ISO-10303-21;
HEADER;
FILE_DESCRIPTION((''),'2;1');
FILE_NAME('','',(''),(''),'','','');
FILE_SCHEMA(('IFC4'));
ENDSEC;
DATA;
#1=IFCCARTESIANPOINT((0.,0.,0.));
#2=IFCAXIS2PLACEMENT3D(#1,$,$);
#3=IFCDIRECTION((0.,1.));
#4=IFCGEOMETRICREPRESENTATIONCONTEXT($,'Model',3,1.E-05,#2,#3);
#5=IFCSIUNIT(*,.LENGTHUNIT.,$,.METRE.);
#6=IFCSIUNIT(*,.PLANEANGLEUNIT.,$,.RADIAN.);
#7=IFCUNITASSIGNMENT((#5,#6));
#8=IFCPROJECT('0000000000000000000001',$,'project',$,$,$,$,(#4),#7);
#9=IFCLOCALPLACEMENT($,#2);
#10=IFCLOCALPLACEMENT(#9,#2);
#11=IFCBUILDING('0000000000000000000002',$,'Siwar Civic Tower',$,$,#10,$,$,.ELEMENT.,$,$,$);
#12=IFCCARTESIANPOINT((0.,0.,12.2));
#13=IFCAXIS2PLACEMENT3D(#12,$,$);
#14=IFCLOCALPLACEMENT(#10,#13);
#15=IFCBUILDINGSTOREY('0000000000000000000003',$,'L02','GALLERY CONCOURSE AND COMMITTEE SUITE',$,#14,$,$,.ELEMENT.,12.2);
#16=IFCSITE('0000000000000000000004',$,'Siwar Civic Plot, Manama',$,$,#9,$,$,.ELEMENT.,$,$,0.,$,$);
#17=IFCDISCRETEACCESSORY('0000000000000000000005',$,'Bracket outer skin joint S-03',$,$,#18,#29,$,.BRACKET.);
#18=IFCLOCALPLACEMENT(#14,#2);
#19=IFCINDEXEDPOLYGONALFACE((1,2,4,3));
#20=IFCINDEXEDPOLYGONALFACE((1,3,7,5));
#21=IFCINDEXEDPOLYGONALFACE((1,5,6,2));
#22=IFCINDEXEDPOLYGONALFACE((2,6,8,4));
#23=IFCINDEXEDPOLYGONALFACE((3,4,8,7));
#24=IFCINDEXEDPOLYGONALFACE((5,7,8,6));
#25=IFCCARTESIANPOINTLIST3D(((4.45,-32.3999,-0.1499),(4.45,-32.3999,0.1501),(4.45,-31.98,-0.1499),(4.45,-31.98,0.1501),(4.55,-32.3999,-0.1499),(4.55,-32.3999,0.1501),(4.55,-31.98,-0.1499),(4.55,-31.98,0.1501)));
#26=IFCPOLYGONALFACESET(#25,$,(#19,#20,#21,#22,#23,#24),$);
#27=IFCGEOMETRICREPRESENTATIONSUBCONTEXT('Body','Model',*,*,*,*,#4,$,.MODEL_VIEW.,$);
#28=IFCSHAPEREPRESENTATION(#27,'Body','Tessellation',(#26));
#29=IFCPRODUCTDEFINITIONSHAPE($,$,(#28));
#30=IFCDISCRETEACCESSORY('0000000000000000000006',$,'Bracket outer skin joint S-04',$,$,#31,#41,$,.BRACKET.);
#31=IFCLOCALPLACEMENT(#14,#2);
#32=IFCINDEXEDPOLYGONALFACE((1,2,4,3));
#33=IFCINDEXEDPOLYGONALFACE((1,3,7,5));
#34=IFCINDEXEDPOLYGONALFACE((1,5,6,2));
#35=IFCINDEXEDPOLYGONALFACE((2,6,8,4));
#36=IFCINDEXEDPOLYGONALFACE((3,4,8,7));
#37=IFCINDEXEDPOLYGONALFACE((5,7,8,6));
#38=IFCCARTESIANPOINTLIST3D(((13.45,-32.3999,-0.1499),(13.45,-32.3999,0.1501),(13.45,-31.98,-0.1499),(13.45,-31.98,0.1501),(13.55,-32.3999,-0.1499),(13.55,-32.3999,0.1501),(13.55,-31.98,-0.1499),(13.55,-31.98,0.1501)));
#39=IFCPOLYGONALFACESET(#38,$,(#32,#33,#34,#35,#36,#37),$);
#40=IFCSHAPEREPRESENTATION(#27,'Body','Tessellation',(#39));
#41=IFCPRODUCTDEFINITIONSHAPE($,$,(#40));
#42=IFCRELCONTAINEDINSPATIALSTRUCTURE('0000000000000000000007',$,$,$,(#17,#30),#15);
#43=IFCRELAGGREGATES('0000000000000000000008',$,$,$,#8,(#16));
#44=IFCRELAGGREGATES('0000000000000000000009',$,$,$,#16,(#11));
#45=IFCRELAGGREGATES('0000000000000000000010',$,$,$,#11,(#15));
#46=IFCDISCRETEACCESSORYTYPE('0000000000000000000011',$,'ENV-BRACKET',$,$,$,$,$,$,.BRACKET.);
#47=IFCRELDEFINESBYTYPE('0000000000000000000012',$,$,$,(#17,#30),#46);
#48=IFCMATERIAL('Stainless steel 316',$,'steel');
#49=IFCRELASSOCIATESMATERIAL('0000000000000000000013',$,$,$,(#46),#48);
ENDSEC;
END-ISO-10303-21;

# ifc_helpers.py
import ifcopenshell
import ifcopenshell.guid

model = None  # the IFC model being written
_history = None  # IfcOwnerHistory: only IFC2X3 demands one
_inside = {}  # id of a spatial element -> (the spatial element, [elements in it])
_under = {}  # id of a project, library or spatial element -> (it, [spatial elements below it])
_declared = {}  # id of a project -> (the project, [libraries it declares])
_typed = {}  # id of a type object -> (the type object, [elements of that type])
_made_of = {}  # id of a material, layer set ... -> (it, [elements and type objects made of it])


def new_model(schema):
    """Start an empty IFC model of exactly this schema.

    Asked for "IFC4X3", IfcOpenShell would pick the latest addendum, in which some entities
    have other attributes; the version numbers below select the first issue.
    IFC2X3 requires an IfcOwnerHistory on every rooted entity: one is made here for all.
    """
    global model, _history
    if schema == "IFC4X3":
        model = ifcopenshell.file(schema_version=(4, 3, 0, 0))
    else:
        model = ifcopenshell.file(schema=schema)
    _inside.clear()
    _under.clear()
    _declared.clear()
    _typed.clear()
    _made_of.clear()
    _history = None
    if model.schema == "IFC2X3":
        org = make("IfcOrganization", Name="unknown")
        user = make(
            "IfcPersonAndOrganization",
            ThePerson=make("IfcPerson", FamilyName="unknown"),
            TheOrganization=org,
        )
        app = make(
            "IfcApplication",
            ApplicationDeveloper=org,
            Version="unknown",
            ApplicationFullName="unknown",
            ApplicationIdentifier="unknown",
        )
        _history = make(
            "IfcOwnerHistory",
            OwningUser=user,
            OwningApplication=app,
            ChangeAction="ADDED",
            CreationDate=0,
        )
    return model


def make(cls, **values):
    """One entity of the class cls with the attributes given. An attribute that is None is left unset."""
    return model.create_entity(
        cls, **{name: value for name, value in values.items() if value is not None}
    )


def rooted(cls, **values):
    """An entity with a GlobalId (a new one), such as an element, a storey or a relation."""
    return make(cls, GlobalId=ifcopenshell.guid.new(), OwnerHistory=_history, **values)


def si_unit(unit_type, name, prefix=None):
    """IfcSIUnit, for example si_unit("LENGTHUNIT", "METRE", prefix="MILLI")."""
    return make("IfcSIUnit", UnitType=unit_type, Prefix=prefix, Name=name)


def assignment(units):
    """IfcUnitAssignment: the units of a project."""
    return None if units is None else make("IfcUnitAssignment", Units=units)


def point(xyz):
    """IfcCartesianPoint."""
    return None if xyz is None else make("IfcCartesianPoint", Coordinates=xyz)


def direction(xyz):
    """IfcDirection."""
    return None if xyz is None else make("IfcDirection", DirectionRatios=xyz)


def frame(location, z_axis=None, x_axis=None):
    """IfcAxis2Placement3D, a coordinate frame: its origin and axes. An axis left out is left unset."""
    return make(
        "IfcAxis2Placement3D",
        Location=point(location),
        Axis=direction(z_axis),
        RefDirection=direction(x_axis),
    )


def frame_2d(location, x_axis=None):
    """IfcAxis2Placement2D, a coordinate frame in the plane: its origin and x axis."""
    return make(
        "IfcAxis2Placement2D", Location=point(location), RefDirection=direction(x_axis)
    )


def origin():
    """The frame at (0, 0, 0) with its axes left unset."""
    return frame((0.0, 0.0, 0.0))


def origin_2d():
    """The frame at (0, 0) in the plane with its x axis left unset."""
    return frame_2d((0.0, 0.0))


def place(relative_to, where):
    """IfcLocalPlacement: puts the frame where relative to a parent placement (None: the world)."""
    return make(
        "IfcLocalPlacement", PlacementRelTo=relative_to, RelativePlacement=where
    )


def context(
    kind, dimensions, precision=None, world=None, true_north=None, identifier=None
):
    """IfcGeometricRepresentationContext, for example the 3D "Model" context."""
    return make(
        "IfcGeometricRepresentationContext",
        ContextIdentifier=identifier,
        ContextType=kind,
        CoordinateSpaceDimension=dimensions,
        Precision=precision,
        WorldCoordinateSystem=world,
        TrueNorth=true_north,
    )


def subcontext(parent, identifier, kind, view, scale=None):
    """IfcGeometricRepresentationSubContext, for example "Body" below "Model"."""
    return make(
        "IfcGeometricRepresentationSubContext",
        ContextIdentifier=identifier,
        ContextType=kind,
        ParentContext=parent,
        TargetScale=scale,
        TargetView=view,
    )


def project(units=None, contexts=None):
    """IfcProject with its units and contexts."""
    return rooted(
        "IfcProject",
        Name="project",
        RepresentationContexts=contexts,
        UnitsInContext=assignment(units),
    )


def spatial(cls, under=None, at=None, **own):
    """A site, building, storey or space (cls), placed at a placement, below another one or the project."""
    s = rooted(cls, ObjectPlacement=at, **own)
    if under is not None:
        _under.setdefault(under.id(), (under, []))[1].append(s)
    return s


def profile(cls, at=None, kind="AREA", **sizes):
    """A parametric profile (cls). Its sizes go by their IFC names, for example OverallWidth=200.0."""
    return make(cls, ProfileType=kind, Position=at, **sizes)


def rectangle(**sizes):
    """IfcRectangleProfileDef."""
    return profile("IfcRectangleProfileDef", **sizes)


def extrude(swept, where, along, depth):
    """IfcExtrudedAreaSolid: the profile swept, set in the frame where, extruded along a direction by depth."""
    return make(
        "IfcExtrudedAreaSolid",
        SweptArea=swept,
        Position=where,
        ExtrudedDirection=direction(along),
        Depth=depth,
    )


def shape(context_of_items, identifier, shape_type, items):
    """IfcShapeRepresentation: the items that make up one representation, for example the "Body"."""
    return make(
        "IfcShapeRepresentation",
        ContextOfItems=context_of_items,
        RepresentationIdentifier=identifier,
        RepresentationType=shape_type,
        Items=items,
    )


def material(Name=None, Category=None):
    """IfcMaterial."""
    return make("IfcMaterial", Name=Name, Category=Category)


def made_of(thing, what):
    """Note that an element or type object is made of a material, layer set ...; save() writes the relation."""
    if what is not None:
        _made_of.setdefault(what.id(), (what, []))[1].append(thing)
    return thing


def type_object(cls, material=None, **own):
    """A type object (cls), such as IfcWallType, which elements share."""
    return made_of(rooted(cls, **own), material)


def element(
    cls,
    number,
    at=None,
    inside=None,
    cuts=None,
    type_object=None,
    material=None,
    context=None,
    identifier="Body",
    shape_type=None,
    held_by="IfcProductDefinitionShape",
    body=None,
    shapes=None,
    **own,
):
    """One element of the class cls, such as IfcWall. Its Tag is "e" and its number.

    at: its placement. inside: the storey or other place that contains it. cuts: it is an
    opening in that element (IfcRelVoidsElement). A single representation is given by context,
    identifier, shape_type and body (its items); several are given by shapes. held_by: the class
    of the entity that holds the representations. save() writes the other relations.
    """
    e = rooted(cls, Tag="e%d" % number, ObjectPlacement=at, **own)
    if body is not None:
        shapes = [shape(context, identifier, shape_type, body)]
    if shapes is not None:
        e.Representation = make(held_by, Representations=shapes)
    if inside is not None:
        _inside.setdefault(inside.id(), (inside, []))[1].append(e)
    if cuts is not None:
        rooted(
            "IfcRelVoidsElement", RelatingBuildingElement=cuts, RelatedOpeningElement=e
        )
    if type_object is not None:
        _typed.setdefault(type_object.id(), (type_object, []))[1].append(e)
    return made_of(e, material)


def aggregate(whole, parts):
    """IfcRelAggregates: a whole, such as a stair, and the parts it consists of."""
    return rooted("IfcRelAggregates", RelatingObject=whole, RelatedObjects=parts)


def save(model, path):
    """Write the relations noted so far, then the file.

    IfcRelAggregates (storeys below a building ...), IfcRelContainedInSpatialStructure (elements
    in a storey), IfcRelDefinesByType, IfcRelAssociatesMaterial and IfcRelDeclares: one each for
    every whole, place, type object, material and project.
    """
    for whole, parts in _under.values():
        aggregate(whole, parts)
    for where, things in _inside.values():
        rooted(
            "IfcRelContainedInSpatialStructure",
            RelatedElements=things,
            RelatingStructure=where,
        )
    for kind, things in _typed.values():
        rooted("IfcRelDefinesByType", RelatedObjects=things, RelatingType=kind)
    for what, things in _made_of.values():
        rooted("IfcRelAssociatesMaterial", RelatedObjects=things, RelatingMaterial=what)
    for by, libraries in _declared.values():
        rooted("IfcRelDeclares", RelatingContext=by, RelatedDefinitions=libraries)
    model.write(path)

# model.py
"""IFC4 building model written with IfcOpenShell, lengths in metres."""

from ifc_helpers import new_model, si_unit, direction, frame, origin, origin_2d, place, context, subcontext, project, spatial, rectangle, extrude, material, type_object, element, save


model = new_model("IFC4")

# Units and contexts
model_context = context("Model", 3, precision=1e-05, world=origin(), true_north=direction((0.0, 1.0)))
body_context = subcontext(model_context, "Body", "Model", "MODEL_VIEW")
ifc_project = project(units=[si_unit("LENGTHUNIT", "METRE"), si_unit("PLANEANGLEUNIT", "RADIAN")], contexts=[model_context])

# Site, building, storey
site_placement = place(None, origin())
site = spatial("IfcSite", under=ifc_project, at=site_placement, Name="Siwar Civic Plot, Manama", CompositionType="ELEMENT", RefElevation=0.0)
building_placement = place(site_placement, origin())
building = spatial("IfcBuilding", under=site, at=building_placement, Name="Siwar Civic Tower", CompositionType="ELEMENT")
storey_placement = place(building_placement, frame((0.0, 0.0, 12.2)))
storey = spatial("IfcBuildingStorey", under=building, at=storey_placement, Name="L02", Description="GALLERY CONCOURSE AND COMMITTEE SUITE", CompositionType="ELEMENT", Elevation=12.2)

# Discrete accessories
ifc_material_1 = material(Name="Stainless steel 316", Category="steel")
discrete_accessory_type = type_object("IfcDiscreteAccessoryType", Name="ENV-BRACKET", PredefinedType="BRACKET", material=ifc_material_1)
for number, where, z_axis, x_axis, name in (
    (1, (4.5, -32.1899, -0.1499), (0.0, 0.0, 1.0), (0.0, -1.0, 0.0), "Bracket outer skin joint S-03"),
    (2, (13.5, -32.1899, -0.1499), (0.0, 0.0, 1.0), (0.0, -1.0, 0.0), "Bracket outer skin joint S-04"),
):
    element("IfcDiscreteAccessory", number, at=place(storey_placement, frame(where, z_axis=z_axis, x_axis=x_axis)), inside=storey, type_object=discrete_accessory_type, Name=name, PredefinedType="BRACKET", context=body_context, shape_type="SweptSolid", body=[
        extrude(rectangle(XDim=0.4199, YDim=0.1001, at=origin_2d()), origin(), (0.0, 0.0, 1.0), 0.3),
    ])

save(model, "model.ifc")
